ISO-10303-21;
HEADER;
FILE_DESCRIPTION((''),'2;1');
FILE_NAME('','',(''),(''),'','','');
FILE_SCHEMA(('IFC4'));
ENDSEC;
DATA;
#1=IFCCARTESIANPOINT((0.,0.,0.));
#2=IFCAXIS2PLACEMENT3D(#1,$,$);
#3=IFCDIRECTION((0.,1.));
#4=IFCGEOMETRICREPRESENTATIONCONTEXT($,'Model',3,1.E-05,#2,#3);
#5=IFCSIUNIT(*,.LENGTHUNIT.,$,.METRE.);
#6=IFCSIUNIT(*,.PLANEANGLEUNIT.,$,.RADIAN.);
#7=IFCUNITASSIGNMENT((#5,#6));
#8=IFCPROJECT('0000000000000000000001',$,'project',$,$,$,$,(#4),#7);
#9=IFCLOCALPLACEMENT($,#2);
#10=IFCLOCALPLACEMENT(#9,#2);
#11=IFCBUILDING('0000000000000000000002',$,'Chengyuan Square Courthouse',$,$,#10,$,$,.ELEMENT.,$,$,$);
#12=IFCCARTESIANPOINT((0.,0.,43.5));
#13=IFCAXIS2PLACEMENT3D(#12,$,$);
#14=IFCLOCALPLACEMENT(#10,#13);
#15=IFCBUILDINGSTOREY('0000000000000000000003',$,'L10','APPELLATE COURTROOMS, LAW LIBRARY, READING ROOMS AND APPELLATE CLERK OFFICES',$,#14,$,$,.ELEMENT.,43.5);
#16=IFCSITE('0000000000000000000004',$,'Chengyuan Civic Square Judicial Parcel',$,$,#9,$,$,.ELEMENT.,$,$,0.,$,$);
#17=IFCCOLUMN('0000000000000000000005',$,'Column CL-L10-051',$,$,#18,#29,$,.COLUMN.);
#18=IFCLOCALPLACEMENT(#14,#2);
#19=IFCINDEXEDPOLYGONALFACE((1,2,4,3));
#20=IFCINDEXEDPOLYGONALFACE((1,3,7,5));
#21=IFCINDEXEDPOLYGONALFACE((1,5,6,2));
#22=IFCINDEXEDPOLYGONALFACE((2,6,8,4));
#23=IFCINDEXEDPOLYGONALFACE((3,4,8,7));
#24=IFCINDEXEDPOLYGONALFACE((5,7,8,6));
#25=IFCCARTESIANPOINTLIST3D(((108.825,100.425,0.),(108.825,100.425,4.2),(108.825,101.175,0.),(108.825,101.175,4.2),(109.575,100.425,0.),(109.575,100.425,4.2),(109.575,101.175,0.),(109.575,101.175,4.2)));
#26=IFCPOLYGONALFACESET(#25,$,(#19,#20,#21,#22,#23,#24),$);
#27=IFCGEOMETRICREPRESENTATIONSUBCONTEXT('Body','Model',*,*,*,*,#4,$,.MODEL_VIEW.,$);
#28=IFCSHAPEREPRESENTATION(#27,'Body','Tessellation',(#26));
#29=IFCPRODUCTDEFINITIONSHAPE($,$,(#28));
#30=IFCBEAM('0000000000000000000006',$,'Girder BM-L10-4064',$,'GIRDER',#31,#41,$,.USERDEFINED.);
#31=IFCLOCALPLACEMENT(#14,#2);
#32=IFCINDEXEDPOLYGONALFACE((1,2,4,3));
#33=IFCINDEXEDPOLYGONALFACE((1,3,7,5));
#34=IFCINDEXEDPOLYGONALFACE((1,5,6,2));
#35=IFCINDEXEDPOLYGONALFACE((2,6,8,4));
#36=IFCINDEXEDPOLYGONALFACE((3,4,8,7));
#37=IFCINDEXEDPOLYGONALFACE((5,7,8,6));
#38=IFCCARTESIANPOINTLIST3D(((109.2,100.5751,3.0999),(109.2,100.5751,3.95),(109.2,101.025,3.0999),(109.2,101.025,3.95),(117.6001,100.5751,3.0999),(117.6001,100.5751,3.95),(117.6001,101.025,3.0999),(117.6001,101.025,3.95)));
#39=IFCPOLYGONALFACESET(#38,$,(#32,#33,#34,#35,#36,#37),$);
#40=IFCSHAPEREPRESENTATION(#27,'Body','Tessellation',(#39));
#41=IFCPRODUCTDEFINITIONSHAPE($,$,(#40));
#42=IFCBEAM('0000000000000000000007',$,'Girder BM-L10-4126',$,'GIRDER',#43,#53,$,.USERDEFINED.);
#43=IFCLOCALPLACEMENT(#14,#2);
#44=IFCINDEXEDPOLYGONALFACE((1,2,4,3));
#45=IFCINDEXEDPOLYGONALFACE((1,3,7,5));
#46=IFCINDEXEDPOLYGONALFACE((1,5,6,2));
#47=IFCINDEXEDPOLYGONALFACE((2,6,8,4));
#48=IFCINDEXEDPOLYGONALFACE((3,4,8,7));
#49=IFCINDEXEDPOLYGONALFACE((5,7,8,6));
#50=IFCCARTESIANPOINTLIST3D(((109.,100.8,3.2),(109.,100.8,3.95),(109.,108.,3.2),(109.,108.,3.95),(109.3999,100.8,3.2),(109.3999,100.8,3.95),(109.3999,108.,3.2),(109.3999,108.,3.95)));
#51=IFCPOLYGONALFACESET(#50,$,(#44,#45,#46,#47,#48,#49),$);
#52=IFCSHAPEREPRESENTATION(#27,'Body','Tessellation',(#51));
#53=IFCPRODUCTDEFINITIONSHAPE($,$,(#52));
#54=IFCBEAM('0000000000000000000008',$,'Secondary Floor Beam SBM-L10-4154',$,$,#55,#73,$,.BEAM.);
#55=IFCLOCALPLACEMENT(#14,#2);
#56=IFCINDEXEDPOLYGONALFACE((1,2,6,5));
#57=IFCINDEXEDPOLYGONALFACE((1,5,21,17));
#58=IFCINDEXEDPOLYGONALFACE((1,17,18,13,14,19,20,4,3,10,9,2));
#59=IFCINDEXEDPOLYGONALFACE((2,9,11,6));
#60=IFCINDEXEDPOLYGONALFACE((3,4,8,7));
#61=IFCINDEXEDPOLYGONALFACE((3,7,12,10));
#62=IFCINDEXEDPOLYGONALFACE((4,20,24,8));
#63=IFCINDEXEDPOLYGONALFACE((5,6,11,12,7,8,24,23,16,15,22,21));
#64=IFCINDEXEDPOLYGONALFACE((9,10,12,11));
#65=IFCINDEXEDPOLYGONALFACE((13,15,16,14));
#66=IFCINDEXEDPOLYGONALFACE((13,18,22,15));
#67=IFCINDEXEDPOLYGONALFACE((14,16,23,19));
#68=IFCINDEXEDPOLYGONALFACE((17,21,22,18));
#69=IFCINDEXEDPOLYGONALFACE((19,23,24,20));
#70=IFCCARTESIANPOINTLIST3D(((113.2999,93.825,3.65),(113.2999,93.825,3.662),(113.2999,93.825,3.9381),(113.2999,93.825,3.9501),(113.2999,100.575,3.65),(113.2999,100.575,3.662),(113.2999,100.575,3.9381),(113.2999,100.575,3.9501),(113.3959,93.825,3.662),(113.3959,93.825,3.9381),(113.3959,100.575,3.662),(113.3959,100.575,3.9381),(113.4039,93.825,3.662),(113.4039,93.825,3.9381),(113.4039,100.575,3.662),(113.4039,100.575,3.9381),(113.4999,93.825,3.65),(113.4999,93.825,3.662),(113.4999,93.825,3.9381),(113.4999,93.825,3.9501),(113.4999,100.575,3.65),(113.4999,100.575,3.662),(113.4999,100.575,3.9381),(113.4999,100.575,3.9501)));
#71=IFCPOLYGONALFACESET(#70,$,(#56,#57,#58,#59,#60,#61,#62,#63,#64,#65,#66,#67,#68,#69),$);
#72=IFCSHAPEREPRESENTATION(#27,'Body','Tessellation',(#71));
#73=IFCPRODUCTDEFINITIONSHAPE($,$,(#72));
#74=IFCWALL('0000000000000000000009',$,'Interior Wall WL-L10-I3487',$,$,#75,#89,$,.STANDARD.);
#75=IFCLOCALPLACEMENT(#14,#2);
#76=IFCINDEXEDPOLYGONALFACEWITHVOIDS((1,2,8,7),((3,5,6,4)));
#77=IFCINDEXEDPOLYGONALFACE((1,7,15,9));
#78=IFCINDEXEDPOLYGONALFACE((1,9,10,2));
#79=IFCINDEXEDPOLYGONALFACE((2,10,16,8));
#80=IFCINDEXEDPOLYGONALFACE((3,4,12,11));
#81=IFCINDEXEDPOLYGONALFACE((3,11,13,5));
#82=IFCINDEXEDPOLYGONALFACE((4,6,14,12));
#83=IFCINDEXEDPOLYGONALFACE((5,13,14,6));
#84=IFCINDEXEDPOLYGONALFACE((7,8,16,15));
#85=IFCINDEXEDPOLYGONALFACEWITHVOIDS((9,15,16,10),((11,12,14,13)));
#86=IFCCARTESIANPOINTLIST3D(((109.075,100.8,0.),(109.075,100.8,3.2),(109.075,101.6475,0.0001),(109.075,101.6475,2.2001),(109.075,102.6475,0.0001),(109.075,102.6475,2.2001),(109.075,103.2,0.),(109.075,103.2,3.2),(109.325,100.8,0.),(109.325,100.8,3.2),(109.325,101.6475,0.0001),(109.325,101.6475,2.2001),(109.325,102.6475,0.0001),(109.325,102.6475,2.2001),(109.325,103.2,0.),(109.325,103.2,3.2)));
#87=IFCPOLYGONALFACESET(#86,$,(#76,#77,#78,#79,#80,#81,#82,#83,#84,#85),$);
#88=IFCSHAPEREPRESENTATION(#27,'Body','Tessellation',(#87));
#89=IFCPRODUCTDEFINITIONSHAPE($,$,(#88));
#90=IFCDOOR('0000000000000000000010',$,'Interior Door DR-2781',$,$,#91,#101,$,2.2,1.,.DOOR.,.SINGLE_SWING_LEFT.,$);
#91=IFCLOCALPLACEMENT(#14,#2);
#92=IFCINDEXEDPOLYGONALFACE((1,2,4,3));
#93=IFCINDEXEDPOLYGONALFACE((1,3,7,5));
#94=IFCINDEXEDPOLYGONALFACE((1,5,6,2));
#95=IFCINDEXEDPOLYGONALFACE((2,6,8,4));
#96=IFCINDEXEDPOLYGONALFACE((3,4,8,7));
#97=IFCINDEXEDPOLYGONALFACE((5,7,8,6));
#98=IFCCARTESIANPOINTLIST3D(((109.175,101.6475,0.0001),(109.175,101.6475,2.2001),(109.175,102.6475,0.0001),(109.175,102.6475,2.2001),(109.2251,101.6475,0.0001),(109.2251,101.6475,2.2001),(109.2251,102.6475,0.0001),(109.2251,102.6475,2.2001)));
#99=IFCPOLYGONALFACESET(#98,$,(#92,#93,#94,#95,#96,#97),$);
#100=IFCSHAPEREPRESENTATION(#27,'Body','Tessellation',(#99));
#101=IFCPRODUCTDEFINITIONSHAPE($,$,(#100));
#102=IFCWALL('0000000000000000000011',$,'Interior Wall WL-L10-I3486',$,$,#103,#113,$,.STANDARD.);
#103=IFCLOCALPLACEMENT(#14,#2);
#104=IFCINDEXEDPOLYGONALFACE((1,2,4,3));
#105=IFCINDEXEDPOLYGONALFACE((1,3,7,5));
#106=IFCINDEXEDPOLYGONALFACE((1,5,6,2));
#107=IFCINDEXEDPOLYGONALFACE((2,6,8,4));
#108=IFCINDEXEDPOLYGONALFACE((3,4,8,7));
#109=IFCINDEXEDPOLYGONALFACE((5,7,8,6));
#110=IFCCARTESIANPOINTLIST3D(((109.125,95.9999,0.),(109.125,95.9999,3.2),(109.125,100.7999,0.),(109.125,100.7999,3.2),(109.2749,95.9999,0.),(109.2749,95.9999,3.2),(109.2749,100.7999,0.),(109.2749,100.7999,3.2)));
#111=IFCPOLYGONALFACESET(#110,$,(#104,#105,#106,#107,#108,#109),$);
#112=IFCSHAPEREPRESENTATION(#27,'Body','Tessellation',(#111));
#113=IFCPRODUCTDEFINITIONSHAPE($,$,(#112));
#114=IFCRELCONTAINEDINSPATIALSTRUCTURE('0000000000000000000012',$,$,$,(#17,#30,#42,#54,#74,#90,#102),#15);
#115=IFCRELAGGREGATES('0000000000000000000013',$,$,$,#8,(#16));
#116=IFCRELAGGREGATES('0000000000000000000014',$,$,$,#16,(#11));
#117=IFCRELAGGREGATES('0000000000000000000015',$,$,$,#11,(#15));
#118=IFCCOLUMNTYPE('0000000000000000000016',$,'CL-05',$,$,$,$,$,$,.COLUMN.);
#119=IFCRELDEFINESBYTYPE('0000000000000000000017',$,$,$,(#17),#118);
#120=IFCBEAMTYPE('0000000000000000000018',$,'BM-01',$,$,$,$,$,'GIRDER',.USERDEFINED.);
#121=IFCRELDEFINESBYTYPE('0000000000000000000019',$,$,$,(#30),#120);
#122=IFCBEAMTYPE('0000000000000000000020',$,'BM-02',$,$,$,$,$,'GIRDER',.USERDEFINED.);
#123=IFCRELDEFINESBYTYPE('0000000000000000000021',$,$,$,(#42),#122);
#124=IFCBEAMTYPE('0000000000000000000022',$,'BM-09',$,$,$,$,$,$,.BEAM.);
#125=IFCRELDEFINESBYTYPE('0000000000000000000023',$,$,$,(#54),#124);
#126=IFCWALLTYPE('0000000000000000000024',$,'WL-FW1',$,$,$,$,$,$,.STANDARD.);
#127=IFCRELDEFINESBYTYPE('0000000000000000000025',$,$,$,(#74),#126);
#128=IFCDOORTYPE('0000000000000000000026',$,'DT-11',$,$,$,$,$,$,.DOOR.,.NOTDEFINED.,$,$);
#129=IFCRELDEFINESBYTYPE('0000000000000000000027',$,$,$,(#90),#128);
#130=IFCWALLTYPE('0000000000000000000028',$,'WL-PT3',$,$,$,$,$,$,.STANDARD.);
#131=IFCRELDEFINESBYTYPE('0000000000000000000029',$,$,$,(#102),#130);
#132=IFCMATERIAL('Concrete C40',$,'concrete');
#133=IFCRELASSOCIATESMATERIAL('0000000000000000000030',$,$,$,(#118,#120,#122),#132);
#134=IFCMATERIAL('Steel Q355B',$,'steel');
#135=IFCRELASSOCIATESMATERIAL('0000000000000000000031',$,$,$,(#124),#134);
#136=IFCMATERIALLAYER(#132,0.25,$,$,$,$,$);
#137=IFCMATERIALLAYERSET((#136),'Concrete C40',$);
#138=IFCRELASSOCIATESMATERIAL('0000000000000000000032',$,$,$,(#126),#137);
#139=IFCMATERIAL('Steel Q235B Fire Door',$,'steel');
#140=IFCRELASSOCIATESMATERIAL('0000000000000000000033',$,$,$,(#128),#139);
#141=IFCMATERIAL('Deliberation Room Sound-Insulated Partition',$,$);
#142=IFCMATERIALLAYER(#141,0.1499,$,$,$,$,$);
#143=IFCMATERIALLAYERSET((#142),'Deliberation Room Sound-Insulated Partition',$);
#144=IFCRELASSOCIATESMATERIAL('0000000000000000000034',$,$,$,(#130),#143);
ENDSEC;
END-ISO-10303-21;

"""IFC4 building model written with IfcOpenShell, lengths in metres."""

from ifc_helpers import new_model, si_unit, direction, frame, frame_2d, origin, origin_2d, place, context, subcontext, project, spatial, rectangle, i_section, extrude, material, layer, layer_set, material_profile, profile_set, type_object, element, fill, save


model = new_model("IFC4")

# Units and contexts
model_context = context("Model", 3, precision=1e-05, world=origin(), true_north=direction((0.0, 1.0)))
body_context = subcontext(model_context, "Body", "Model", "MODEL_VIEW")
ifc_project = project(units=[si_unit("LENGTHUNIT", "METRE"), si_unit("PLANEANGLEUNIT", "RADIAN")], contexts=[model_context])

# Site, building, storey
site_placement = place(None, origin())
site = spatial("IfcSite", under=ifc_project, at=site_placement, Name="Chengyuan Civic Square Judicial Parcel", CompositionType="ELEMENT", RefElevation=0.0)
building_placement = place(site_placement, origin())
building = spatial("IfcBuilding", under=site, at=building_placement, Name="Chengyuan Square Courthouse", CompositionType="ELEMENT")
storey_placement = place(building_placement, frame((0.0, 0.0, 43.5)))
storey = spatial("IfcBuildingStorey", under=building, at=storey_placement, Name="L10", Description="APPELLATE COURTROOMS, LAW LIBRARY, READING ROOMS AND APPELLATE CLERK OFFICES", CompositionType="ELEMENT", Elevation=43.5)

# Column
ifc_material_1 = material(Name="Concrete C40", Category="concrete")
ifc_material_profile_1 = material_profile(ifc_material_1, rectangle(XDim=0.75, YDim=0.75, at=origin_2d()), Name="RC-COL-750x750")
ifc_profile_set_1 = profile_set([ifc_material_profile_1], Name="Concrete C40")
column_type = type_object("IfcColumnType", Name="CL-05", PredefinedType="COLUMN", material=ifc_profile_set_1)
column_placement = place(storey_placement, frame((109.2, 100.8, 0.0), z_axis=(0.0, 0.0, 1.0), x_axis=(1.0, 0.0, 0.0)))
element("IfcColumn", 1, at=column_placement, inside=storey, type_object=column_type, Name="Column CL-L10-051", PredefinedType="COLUMN", context=body_context, shape_type="SweptSolid", body=[
    extrude(rectangle(XDim=0.75, YDim=0.75, at=origin_2d()), origin(), (0.0, 0.0, 1.0), 4.2),
])

# Beams
ifc_material_profile_2 = material_profile(ifc_material_1, rectangle(XDim=0.45, YDim=0.8501, at=origin_2d()), Name="RC-BM-450x850")
ifc_profile_set_2 = profile_set([ifc_material_profile_2], Name="Concrete C40")
beam_type_1 = type_object("IfcBeamType", Name="BM-01", ElementType="GIRDER", PredefinedType="USERDEFINED", material=ifc_profile_set_2)
beam_1_placement = place(storey_placement, frame((109.2, 100.8, 3.5249), z_axis=(1.0, 0.0, 0.0), x_axis=(0.0, 1.0, 0.0)))
element("IfcBeam", 2, at=beam_1_placement, inside=storey, type_object=beam_type_1, Name="Girder BM-L10-4064", ObjectType="GIRDER", PredefinedType="USERDEFINED", context=body_context, shape_type="SweptSolid", body=[
    extrude(rectangle(XDim=0.45, YDim=0.8501, at=origin_2d()), origin(), (0.0, 0.0, 1.0), 8.4001),
])
ifc_material_profile_3 = material_profile(ifc_material_1, rectangle(XDim=0.3999, YDim=0.75, at=origin_2d()), Name="RC-BM-400x750")
ifc_profile_set_3 = profile_set([ifc_material_profile_3], Name="Concrete C40")
beam_type_2 = type_object("IfcBeamType", Name="BM-02", ElementType="GIRDER", PredefinedType="USERDEFINED", material=ifc_profile_set_3)
beam_2_placement = place(storey_placement, frame((109.2, 100.8, 3.575), z_axis=(0.0, 1.0, 0.0), x_axis=(-1.0, 0.0, 0.0)))
element("IfcBeam", 3, at=beam_2_placement, inside=storey, type_object=beam_type_2, Name="Girder BM-L10-4126", ObjectType="GIRDER", PredefinedType="USERDEFINED", context=body_context, shape_type="SweptSolid", body=[
    extrude(rectangle(XDim=0.3999, YDim=0.75, at=origin_2d()), origin(), (0.0, 0.0, 1.0), 7.2),
])
ifc_material_2 = material(Name="Steel Q355B", Category="steel")
ifc_material_profile_4 = material_profile(ifc_material_2, i_section(OverallWidth=0.2, OverallDepth=0.3, WebThickness=0.0081, FlangeThickness=0.012, at=origin_2d()), Name="HM 300x200x8x12")
ifc_profile_set_4 = profile_set([ifc_material_profile_4], Name="Steel Q355B")
beam_type_3 = type_object("IfcBeamType", Name="BM-09", PredefinedType="BEAM", material=ifc_profile_set_4)
beam_3_placement = place(storey_placement, frame((113.3999, 93.825, 3.8), z_axis=(0.0, 1.0, 0.0), x_axis=(-1.0, 0.0, 0.0)))
element("IfcBeam", 4, at=beam_3_placement, inside=storey, type_object=beam_type_3, Name="Secondary Floor Beam SBM-L10-4154", PredefinedType="BEAM", context=body_context, shape_type="SweptSolid", body=[
    extrude(i_section(OverallWidth=0.2, OverallDepth=0.3, WebThickness=0.0081, FlangeThickness=0.012, at=origin_2d()), origin(), (0.0, 0.0, 1.0), 6.75),
])

# Wall, opening, door
ifc_layer_1 = layer(ifc_material_1, 0.25)
ifc_layer_set_1 = layer_set([ifc_layer_1], Name="Concrete C40")
wall_type_1 = type_object("IfcWallType", Name="WL-FW1", PredefinedType="STANDARD", material=ifc_layer_set_1)
wall_1_placement = place(storey_placement, frame((109.2, 100.8, 0.0), z_axis=(0.0, 0.0, 1.0), x_axis=(0.0, 1.0, 0.0)))
wall_1 = element("IfcWall", 5, at=wall_1_placement, inside=storey, type_object=wall_type_1, Name="Interior Wall WL-L10-I3487", PredefinedType="STANDARD", context=body_context, shape_type="SweptSolid", body=[
    extrude(rectangle(XDim=2.3999, YDim=0.25, at=frame_2d((1.2, 0.0))), origin(), (0.0, 0.0, 1.0), 3.2),
])
opening_1_placement = place(wall_1_placement, frame((0.8474, 0.0, 0.0)))
opening_1 = element("IfcOpeningElement", 6, at=opening_1_placement, cuts=wall_1, PredefinedType="OPENING", context=body_context, shape_type="SweptSolid", body=[
    extrude(rectangle(XDim=1.0, YDim=2.2, at=frame_2d((0.5, 1.1001))), frame((0.0, 0.137, 0.0), z_axis=(0.0, -1.0, 0.0), x_axis=(1.0, 0.0, 0.0)), (0.0, 0.0, 1.0), 0.2739),
])
ifc_material_3 = material(Name="Steel Q235B Fire Door", Category="steel")
door_type_1 = type_object("IfcDoorType", Name="DT-11", OperationType="NOTDEFINED", PredefinedType="DOOR", material=ifc_material_3)
door_1_placement = place(opening_1_placement, origin())
door_1 = element("IfcDoor", 7, at=door_1_placement, inside=storey, type_object=door_type_1, Name="Interior Door DR-2781", OperationType="SINGLE_SWING_LEFT", OverallHeight=2.2, OverallWidth=1.0, PredefinedType="DOOR", context=body_context, shape_type="SweptSolid", body=[
    extrude(rectangle(XDim=1.0, YDim=2.2, at=frame_2d((0.5, 1.1001))), frame((0.0, 0.0249, 0.0), z_axis=(0.0, -1.0, 0.0), x_axis=(1.0, 0.0, 0.0)), (0.0, 0.0, 1.0), 0.05),
])
fill(opening_1, door_1)

# Wall
ifc_material_4 = material(Name="Deliberation Room Sound-Insulated Partition")
ifc_layer_2 = layer(ifc_material_4, 0.1499)
ifc_layer_set_2 = layer_set([ifc_layer_2], Name="Deliberation Room Sound-Insulated Partition")
wall_type_2 = type_object("IfcWallType", Name="WL-PT3", PredefinedType="STANDARD", material=ifc_layer_set_2)
wall_2_placement = place(storey_placement, frame((109.2, 96.0, 0.0), z_axis=(0.0, 0.0, 1.0), x_axis=(0.0, 1.0, 0.0)))
element("IfcWall", 8, at=wall_2_placement, inside=storey, type_object=wall_type_2, Name="Interior Wall WL-L10-I3486", PredefinedType="STANDARD", context=body_context, shape_type="SweptSolid", body=[
    extrude(rectangle(XDim=4.8, YDim=0.1499, at=frame_2d((2.3999, 0.0))), origin(), (0.0, 0.0, 1.0), 3.2),
])

save(model, "model.ifc")
